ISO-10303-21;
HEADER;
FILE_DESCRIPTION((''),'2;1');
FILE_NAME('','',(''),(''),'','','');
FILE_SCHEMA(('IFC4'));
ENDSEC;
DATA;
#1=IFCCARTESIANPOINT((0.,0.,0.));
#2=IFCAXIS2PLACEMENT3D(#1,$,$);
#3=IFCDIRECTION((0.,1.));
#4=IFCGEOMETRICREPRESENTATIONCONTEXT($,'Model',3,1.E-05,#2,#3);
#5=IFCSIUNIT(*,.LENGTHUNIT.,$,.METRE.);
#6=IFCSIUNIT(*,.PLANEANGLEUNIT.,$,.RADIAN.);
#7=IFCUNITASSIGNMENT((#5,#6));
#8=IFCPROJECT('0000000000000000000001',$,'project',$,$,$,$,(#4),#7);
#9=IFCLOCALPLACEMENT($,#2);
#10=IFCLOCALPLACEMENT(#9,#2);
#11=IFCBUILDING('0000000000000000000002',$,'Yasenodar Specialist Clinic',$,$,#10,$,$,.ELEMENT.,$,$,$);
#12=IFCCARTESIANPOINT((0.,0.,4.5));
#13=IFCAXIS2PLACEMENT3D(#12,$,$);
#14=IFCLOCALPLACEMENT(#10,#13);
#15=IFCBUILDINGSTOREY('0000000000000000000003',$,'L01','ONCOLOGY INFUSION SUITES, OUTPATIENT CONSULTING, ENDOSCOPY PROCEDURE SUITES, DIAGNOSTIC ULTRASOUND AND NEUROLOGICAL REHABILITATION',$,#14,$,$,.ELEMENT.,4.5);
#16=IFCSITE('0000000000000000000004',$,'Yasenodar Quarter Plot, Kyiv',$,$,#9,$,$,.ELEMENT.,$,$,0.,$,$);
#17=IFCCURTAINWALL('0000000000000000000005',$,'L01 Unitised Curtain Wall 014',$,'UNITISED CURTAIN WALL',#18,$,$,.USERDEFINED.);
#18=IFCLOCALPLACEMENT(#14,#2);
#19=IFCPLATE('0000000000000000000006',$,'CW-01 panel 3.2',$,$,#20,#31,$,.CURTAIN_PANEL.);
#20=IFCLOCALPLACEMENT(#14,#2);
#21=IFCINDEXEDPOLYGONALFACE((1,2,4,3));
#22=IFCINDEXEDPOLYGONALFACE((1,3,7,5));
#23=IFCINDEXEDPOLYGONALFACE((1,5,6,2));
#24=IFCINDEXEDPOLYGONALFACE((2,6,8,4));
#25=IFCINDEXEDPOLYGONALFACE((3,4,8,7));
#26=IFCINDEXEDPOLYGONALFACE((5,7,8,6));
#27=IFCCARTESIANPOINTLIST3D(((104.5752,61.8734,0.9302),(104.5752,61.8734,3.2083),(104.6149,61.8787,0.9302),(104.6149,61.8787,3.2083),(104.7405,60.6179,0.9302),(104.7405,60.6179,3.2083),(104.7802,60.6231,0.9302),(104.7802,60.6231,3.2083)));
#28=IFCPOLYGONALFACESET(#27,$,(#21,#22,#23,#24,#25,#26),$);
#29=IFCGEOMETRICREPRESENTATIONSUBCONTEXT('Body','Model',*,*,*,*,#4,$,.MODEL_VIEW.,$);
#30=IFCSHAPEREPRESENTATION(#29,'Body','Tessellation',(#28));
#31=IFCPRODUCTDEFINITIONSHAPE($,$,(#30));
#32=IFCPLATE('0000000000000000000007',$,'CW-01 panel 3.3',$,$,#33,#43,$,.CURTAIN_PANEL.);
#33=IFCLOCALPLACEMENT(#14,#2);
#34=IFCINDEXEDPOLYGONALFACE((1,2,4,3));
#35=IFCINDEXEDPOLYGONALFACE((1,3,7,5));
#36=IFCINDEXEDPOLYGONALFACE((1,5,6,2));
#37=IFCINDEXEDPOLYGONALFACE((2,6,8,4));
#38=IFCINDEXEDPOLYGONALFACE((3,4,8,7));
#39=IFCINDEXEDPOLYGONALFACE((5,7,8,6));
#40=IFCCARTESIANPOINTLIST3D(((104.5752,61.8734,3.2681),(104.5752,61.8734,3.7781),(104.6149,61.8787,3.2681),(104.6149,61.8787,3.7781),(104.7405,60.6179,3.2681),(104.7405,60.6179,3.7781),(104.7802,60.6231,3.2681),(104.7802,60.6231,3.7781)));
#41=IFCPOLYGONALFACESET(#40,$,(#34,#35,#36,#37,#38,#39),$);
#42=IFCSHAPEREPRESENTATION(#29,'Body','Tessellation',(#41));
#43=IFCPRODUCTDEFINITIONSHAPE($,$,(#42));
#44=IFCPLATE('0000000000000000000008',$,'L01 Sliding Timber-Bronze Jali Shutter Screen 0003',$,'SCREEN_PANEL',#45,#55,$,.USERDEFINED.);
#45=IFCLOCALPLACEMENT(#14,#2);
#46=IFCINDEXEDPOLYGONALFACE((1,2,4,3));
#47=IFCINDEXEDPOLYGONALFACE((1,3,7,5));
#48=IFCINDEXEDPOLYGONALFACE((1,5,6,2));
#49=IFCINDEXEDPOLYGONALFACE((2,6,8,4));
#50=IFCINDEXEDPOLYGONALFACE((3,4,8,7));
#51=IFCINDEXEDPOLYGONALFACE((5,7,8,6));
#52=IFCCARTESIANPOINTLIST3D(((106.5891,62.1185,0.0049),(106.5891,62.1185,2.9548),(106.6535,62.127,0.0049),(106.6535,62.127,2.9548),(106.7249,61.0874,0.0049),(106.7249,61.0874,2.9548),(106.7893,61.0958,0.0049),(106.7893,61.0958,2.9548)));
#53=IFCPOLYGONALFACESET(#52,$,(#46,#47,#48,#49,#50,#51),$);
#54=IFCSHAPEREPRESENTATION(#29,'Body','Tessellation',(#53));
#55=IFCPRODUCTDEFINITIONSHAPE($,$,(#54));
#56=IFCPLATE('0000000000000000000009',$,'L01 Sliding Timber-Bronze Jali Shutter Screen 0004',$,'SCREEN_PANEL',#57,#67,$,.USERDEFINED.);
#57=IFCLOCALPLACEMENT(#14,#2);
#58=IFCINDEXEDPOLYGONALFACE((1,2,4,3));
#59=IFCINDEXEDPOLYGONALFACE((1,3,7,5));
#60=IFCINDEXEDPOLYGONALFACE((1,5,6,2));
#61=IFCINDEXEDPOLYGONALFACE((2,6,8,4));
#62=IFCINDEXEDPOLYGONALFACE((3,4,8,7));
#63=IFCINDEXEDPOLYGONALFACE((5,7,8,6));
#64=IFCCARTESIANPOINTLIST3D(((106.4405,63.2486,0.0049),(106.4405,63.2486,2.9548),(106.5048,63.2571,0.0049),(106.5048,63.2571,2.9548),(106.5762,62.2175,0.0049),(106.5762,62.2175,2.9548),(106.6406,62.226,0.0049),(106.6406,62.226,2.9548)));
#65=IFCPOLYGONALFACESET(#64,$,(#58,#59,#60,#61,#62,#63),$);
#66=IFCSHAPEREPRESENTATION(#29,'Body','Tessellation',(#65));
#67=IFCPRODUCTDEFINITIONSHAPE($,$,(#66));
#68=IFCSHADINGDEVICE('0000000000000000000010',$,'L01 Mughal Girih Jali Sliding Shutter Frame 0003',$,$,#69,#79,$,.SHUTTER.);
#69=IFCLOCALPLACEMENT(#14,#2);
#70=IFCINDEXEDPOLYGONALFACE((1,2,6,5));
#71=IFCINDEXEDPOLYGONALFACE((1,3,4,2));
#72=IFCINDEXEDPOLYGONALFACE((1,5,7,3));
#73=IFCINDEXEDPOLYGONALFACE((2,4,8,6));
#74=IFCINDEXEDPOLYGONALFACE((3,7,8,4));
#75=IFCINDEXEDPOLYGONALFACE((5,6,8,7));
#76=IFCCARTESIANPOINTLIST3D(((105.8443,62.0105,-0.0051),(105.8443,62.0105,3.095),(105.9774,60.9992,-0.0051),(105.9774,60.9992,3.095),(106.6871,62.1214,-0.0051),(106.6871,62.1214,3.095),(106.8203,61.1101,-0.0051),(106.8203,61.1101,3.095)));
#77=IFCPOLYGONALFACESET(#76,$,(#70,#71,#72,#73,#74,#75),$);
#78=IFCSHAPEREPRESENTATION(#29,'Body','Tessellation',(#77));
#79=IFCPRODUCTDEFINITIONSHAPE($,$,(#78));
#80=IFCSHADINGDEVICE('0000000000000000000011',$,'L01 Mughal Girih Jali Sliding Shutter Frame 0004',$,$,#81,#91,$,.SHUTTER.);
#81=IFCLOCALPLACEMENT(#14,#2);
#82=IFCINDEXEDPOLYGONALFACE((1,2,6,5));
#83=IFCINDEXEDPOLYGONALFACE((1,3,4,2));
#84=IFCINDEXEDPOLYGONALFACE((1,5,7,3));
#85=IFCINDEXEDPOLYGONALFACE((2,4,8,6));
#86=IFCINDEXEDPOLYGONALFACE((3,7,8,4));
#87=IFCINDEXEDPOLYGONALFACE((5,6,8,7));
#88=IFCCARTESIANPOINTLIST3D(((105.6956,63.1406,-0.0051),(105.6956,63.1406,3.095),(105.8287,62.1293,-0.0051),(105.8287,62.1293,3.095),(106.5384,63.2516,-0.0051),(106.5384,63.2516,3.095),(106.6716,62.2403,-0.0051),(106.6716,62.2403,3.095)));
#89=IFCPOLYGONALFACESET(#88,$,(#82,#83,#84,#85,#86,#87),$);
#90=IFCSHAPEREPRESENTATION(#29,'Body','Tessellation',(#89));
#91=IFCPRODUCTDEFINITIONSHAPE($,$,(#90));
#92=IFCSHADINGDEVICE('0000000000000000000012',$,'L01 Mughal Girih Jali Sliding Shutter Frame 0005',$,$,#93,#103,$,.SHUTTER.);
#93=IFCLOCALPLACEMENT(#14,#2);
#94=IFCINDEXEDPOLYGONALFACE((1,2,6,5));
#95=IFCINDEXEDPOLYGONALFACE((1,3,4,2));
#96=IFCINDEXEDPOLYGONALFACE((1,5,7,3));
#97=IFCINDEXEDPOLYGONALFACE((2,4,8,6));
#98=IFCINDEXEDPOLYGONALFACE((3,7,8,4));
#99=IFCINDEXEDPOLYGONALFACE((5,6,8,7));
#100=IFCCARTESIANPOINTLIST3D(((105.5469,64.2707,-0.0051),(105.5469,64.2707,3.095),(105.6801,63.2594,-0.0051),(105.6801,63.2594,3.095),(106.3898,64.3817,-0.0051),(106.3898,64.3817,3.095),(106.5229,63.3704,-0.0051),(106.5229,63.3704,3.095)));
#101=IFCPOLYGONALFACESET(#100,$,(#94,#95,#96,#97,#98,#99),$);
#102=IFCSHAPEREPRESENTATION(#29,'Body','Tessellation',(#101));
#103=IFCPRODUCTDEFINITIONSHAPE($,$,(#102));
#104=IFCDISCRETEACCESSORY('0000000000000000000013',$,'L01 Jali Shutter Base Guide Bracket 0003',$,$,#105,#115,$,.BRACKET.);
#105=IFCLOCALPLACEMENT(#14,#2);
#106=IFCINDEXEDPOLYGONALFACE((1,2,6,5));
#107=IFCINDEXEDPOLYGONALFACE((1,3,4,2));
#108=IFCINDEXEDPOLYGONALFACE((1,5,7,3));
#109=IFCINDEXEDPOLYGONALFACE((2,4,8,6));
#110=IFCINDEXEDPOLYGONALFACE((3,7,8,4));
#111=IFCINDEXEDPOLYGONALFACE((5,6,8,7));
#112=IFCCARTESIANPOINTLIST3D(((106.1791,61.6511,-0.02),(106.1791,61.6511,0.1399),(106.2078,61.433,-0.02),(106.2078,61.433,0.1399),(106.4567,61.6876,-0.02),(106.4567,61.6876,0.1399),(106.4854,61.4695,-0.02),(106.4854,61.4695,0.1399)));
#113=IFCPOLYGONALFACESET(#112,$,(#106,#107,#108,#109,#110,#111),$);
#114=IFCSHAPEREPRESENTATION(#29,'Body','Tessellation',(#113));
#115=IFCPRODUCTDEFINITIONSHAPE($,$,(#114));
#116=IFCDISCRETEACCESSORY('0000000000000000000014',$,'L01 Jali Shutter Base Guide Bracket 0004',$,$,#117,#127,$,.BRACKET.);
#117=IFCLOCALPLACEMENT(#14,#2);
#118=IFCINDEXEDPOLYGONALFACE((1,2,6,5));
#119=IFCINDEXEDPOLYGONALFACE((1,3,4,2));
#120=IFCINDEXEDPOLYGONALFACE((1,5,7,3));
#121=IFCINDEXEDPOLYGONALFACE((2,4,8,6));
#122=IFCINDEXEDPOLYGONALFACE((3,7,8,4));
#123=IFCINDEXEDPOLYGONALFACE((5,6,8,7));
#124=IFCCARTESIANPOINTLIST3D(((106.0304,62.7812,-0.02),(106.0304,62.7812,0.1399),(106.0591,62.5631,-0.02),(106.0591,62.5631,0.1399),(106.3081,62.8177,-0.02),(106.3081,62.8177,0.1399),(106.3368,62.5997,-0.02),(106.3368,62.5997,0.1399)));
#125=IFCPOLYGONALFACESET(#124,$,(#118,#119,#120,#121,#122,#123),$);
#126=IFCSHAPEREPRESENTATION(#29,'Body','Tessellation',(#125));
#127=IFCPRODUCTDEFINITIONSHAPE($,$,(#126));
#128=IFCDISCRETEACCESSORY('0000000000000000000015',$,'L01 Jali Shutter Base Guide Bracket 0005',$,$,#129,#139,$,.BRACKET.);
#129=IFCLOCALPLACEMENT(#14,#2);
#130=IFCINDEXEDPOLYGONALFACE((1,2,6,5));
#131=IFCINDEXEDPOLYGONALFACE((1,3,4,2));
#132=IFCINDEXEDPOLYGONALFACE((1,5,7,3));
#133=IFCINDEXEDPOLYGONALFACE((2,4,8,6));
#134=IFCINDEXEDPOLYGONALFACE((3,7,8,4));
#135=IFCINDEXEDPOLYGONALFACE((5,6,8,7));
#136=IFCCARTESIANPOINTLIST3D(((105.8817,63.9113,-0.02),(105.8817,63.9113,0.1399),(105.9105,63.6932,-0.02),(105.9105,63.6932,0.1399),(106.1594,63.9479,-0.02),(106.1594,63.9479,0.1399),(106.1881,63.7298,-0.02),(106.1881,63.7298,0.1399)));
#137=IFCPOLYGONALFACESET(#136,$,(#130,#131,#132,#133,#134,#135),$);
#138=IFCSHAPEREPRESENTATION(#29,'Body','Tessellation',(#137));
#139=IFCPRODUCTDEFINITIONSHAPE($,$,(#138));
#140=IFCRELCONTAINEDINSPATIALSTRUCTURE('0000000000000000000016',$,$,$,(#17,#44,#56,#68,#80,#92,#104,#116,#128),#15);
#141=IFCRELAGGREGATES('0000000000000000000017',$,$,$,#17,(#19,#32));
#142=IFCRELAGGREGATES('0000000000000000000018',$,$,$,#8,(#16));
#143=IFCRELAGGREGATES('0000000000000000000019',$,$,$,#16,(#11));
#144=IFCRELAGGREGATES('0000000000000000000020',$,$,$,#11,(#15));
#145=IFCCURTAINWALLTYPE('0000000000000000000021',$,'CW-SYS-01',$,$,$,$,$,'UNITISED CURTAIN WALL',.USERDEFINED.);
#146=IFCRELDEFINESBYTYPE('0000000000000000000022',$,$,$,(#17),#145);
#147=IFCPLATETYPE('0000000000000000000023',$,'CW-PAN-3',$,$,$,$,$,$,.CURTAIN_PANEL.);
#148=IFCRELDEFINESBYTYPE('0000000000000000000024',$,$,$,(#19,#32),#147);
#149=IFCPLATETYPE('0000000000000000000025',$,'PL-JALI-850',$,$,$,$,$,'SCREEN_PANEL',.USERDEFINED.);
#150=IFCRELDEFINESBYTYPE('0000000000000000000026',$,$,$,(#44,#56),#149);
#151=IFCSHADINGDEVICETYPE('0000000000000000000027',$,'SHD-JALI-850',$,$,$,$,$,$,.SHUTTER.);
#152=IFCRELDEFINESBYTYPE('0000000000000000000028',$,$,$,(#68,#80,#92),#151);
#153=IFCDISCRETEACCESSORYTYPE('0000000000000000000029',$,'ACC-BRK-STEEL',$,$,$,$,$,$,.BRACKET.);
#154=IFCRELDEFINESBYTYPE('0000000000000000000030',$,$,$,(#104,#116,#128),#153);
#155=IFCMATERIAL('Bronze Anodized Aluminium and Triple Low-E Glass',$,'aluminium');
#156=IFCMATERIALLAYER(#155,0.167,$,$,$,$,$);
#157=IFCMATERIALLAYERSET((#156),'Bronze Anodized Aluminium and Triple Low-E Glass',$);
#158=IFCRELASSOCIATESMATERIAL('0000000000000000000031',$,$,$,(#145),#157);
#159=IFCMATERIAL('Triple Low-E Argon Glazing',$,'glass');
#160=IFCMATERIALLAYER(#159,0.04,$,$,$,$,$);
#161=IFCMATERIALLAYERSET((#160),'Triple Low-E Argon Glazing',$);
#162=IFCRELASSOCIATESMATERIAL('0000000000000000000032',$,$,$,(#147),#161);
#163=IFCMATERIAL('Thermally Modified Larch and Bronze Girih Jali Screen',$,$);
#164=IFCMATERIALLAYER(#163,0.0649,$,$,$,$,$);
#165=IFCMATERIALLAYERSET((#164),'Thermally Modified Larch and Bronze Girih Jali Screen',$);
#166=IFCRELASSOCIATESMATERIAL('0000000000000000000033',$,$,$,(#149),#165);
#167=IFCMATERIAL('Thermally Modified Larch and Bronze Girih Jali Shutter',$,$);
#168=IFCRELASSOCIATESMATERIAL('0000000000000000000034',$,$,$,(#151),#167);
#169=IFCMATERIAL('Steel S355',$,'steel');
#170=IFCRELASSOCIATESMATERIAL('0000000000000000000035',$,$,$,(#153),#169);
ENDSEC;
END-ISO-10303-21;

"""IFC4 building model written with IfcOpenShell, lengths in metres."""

from ifc_helpers import new_model, si_unit, direction, frame, origin, origin_2d, place, context, subcontext, project, spatial, rectangle, extrude, material, layer, layer_set, type_object, element, aggregate, save


model = new_model("IFC4")

# Units and contexts
model_context = context("Model", 3, precision=1e-05, world=origin(), true_north=direction((0.0, 1.0)))
body_context = subcontext(model_context, "Body", "Model", "MODEL_VIEW")
ifc_project = project(units=[si_unit("LENGTHUNIT", "METRE"), si_unit("PLANEANGLEUNIT", "RADIAN")], contexts=[model_context])

# Site, building, storey
site_placement = place(None, origin())
site = spatial("IfcSite", under=ifc_project, at=site_placement, Name="Yasenodar Quarter Plot, Kyiv", CompositionType="ELEMENT", RefElevation=0.0)
building_placement = place(site_placement, origin())
building = spatial("IfcBuilding", under=site, at=building_placement, Name="Yasenodar Specialist Clinic", CompositionType="ELEMENT")
storey_placement = place(building_placement, frame((0.0, 0.0, 4.5)))
storey = spatial("IfcBuildingStorey", under=building, at=storey_placement, Name="L01", Description="ONCOLOGY INFUSION SUITES, OUTPATIENT CONSULTING, ENDOSCOPY PROCEDURE SUITES, DIAGNOSTIC ULTRASOUND AND NEUROLOGICAL REHABILITATION", CompositionType="ELEMENT", Elevation=4.5)

# Curtain wall, plates
ifc_material_1 = material(Name="Bronze Anodized Aluminium and Triple Low-E Glass", Category="aluminium")
ifc_layer_1 = layer(ifc_material_1, 0.167)
ifc_layer_set_1 = layer_set([ifc_layer_1], Name="Bronze Anodized Aluminium and Triple Low-E Glass")
curtain_wall_type = type_object("IfcCurtainWallType", Name="CW-SYS-01", ElementType="UNITISED CURTAIN WALL", PredefinedType="USERDEFINED", material=ifc_layer_set_1)
curtain_wall_placement = place(storey_placement, origin())
curtain_wall = element("IfcCurtainWall", 1, at=curtain_wall_placement, inside=storey, type_object=curtain_wall_type, Name="L01 Unitised Curtain Wall 014", ObjectType="UNITISED CURTAIN WALL", PredefinedType="USERDEFINED")
ifc_material_2 = material(Name="Triple Low-E Argon Glazing", Category="glass")
ifc_layer_2 = layer(ifc_material_2, 0.04)
ifc_layer_set_2 = layer_set([ifc_layer_2], Name="Triple Low-E Argon Glazing")
plate_type_1 = type_object("IfcPlateType", Name="CW-PAN-3", PredefinedType="CURTAIN_PANEL", material=ifc_layer_set_2)
plate_1_placement = place(storey_placement, frame((104.6777, 61.2483, 0.9302), z_axis=(0.0, 0.0, 1.0), x_axis=(0.130512, -0.991447, 0.0)))
plate_1 = element("IfcPlate", 2, at=plate_1_placement, type_object=plate_type_1, Name="CW-01 panel 3.2", PredefinedType="CURTAIN_PANEL", context=body_context, shape_type="SweptSolid", body=[
    extrude(rectangle(XDim=1.2664, YDim=0.04, at=origin_2d()), origin(), (0.0, 0.0, 1.0), 2.2781),
])
plate_2_placement = place(storey_placement, frame((104.6777, 61.2483, 3.2681), z_axis=(0.0, 0.0, 1.0), x_axis=(0.130512, -0.991447, 0.0)))
plate_2 = element("IfcPlate", 3, at=plate_2_placement, type_object=plate_type_1, Name="CW-01 panel 3.3", PredefinedType="CURTAIN_PANEL", context=body_context, shape_type="SweptSolid", body=[
    extrude(rectangle(XDim=1.2664, YDim=0.04, at=origin_2d()), origin(), (0.0, 0.0, 1.0), 0.51),
])
aggregate(curtain_wall, [plate_1, plate_2])

# Plates
ifc_material_3 = material(Name="Thermally Modified Larch and Bronze Girih Jali Screen")
ifc_layer_3 = layer(ifc_material_3, 0.0649)
ifc_layer_set_3 = layer_set([ifc_layer_3], Name="Thermally Modified Larch and Bronze Girih Jali Screen")
plate_type_2 = type_object("IfcPlateType", Name="PL-JALI-850", ElementType="SCREEN_PANEL", PredefinedType="USERDEFINED", material=ifc_layer_set_3)
for number, where, z_axis, x_axis, name in (
    (4, (106.6892, 61.6072, 0.0049), (0.0, 0.0, 1.0), (-0.130519, 0.991446, 0.0), "L01 Sliding Timber-Bronze Jali Shutter Screen 0003"),
    (5, (106.5405, 62.7373, 0.0049), (0.0, 0.0, 1.0), (-0.130519, 0.991446, 0.0), "L01 Sliding Timber-Bronze Jali Shutter Screen 0004"),
):
    element("IfcPlate", number, at=place(storey_placement, frame(where, z_axis=z_axis, x_axis=x_axis)), inside=storey, type_object=plate_type_2, Name=name, ObjectType="SCREEN_PANEL", PredefinedType="USERDEFINED", context=body_context, shape_type="SweptSolid", body=[
        extrude(rectangle(XDim=1.04, YDim=0.0649, at=origin_2d()), origin(), (0.0, 0.0, 1.0), 2.95),
    ])

# Shading devices
ifc_material_4 = material(Name="Thermally Modified Larch and Bronze Girih Jali Shutter")
shading_device_type = type_object("IfcShadingDeviceType", Name="SHD-JALI-850", PredefinedType="SHUTTER", material=ifc_material_4)
for number, where, z_axis, x_axis, name in (
    (6, (106.3323, 61.5603, -0.0051), (0.0, 0.0, 1.0), (-0.130519, 0.991446, 0.0), "L01 Mughal Girih Jali Sliding Shutter Frame 0003"),
    (7, (106.1836, 62.6904, -0.0051), (0.0, 0.0, 1.0), (-0.130519, 0.991446, 0.0), "L01 Mughal Girih Jali Sliding Shutter Frame 0004"),
    (8, (106.0349, 63.8206, -0.0051), (0.0, 0.0, 1.0), (-0.130519, 0.991446, 0.0), "L01 Mughal Girih Jali Sliding Shutter Frame 0005"),
):
    element("IfcShadingDevice", number, at=place(storey_placement, frame(where, z_axis=z_axis, x_axis=x_axis)), inside=storey, type_object=shading_device_type, Name=name, PredefinedType="SHUTTER", context=body_context, shape_type="SweptSolid", body=[
        extrude(rectangle(XDim=1.02, YDim=0.8501, at=origin_2d()), origin(), (0.0, 0.0, 1.0), 3.1001),
    ])

# Discrete accessories
ifc_material_5 = material(Name="Steel S355", Category="steel")
discrete_accessory_type = type_object("IfcDiscreteAccessoryType", Name="ACC-BRK-STEEL", PredefinedType="BRACKET", material=ifc_material_5)
for number, where, z_axis, x_axis, name in (
    (9, (106.3323, 61.5603, -0.02), (0.0, 0.0, 1.0), (-0.130519, 0.991446, 0.0), "L01 Jali Shutter Base Guide Bracket 0003"),
    (10, (106.1836, 62.6904, -0.02), (0.0, 0.0, 1.0), (-0.130519, 0.991446, 0.0), "L01 Jali Shutter Base Guide Bracket 0004"),
    (11, (106.0349, 63.8206, -0.02), (0.0, 0.0, 1.0), (-0.130519, 0.991446, 0.0), "L01 Jali Shutter Base Guide Bracket 0005"),
):
    element("IfcDiscreteAccessory", number, at=place(storey_placement, frame(where, z_axis=z_axis, x_axis=x_axis)), inside=storey, type_object=discrete_accessory_type, Name=name, PredefinedType="BRACKET", context=body_context, shape_type="SweptSolid", body=[
        extrude(rectangle(XDim=0.22, YDim=0.28, at=origin_2d()), origin(), (0.0, 0.0, 1.0), 0.1599),
    ])

save(model, "model.ifc")
